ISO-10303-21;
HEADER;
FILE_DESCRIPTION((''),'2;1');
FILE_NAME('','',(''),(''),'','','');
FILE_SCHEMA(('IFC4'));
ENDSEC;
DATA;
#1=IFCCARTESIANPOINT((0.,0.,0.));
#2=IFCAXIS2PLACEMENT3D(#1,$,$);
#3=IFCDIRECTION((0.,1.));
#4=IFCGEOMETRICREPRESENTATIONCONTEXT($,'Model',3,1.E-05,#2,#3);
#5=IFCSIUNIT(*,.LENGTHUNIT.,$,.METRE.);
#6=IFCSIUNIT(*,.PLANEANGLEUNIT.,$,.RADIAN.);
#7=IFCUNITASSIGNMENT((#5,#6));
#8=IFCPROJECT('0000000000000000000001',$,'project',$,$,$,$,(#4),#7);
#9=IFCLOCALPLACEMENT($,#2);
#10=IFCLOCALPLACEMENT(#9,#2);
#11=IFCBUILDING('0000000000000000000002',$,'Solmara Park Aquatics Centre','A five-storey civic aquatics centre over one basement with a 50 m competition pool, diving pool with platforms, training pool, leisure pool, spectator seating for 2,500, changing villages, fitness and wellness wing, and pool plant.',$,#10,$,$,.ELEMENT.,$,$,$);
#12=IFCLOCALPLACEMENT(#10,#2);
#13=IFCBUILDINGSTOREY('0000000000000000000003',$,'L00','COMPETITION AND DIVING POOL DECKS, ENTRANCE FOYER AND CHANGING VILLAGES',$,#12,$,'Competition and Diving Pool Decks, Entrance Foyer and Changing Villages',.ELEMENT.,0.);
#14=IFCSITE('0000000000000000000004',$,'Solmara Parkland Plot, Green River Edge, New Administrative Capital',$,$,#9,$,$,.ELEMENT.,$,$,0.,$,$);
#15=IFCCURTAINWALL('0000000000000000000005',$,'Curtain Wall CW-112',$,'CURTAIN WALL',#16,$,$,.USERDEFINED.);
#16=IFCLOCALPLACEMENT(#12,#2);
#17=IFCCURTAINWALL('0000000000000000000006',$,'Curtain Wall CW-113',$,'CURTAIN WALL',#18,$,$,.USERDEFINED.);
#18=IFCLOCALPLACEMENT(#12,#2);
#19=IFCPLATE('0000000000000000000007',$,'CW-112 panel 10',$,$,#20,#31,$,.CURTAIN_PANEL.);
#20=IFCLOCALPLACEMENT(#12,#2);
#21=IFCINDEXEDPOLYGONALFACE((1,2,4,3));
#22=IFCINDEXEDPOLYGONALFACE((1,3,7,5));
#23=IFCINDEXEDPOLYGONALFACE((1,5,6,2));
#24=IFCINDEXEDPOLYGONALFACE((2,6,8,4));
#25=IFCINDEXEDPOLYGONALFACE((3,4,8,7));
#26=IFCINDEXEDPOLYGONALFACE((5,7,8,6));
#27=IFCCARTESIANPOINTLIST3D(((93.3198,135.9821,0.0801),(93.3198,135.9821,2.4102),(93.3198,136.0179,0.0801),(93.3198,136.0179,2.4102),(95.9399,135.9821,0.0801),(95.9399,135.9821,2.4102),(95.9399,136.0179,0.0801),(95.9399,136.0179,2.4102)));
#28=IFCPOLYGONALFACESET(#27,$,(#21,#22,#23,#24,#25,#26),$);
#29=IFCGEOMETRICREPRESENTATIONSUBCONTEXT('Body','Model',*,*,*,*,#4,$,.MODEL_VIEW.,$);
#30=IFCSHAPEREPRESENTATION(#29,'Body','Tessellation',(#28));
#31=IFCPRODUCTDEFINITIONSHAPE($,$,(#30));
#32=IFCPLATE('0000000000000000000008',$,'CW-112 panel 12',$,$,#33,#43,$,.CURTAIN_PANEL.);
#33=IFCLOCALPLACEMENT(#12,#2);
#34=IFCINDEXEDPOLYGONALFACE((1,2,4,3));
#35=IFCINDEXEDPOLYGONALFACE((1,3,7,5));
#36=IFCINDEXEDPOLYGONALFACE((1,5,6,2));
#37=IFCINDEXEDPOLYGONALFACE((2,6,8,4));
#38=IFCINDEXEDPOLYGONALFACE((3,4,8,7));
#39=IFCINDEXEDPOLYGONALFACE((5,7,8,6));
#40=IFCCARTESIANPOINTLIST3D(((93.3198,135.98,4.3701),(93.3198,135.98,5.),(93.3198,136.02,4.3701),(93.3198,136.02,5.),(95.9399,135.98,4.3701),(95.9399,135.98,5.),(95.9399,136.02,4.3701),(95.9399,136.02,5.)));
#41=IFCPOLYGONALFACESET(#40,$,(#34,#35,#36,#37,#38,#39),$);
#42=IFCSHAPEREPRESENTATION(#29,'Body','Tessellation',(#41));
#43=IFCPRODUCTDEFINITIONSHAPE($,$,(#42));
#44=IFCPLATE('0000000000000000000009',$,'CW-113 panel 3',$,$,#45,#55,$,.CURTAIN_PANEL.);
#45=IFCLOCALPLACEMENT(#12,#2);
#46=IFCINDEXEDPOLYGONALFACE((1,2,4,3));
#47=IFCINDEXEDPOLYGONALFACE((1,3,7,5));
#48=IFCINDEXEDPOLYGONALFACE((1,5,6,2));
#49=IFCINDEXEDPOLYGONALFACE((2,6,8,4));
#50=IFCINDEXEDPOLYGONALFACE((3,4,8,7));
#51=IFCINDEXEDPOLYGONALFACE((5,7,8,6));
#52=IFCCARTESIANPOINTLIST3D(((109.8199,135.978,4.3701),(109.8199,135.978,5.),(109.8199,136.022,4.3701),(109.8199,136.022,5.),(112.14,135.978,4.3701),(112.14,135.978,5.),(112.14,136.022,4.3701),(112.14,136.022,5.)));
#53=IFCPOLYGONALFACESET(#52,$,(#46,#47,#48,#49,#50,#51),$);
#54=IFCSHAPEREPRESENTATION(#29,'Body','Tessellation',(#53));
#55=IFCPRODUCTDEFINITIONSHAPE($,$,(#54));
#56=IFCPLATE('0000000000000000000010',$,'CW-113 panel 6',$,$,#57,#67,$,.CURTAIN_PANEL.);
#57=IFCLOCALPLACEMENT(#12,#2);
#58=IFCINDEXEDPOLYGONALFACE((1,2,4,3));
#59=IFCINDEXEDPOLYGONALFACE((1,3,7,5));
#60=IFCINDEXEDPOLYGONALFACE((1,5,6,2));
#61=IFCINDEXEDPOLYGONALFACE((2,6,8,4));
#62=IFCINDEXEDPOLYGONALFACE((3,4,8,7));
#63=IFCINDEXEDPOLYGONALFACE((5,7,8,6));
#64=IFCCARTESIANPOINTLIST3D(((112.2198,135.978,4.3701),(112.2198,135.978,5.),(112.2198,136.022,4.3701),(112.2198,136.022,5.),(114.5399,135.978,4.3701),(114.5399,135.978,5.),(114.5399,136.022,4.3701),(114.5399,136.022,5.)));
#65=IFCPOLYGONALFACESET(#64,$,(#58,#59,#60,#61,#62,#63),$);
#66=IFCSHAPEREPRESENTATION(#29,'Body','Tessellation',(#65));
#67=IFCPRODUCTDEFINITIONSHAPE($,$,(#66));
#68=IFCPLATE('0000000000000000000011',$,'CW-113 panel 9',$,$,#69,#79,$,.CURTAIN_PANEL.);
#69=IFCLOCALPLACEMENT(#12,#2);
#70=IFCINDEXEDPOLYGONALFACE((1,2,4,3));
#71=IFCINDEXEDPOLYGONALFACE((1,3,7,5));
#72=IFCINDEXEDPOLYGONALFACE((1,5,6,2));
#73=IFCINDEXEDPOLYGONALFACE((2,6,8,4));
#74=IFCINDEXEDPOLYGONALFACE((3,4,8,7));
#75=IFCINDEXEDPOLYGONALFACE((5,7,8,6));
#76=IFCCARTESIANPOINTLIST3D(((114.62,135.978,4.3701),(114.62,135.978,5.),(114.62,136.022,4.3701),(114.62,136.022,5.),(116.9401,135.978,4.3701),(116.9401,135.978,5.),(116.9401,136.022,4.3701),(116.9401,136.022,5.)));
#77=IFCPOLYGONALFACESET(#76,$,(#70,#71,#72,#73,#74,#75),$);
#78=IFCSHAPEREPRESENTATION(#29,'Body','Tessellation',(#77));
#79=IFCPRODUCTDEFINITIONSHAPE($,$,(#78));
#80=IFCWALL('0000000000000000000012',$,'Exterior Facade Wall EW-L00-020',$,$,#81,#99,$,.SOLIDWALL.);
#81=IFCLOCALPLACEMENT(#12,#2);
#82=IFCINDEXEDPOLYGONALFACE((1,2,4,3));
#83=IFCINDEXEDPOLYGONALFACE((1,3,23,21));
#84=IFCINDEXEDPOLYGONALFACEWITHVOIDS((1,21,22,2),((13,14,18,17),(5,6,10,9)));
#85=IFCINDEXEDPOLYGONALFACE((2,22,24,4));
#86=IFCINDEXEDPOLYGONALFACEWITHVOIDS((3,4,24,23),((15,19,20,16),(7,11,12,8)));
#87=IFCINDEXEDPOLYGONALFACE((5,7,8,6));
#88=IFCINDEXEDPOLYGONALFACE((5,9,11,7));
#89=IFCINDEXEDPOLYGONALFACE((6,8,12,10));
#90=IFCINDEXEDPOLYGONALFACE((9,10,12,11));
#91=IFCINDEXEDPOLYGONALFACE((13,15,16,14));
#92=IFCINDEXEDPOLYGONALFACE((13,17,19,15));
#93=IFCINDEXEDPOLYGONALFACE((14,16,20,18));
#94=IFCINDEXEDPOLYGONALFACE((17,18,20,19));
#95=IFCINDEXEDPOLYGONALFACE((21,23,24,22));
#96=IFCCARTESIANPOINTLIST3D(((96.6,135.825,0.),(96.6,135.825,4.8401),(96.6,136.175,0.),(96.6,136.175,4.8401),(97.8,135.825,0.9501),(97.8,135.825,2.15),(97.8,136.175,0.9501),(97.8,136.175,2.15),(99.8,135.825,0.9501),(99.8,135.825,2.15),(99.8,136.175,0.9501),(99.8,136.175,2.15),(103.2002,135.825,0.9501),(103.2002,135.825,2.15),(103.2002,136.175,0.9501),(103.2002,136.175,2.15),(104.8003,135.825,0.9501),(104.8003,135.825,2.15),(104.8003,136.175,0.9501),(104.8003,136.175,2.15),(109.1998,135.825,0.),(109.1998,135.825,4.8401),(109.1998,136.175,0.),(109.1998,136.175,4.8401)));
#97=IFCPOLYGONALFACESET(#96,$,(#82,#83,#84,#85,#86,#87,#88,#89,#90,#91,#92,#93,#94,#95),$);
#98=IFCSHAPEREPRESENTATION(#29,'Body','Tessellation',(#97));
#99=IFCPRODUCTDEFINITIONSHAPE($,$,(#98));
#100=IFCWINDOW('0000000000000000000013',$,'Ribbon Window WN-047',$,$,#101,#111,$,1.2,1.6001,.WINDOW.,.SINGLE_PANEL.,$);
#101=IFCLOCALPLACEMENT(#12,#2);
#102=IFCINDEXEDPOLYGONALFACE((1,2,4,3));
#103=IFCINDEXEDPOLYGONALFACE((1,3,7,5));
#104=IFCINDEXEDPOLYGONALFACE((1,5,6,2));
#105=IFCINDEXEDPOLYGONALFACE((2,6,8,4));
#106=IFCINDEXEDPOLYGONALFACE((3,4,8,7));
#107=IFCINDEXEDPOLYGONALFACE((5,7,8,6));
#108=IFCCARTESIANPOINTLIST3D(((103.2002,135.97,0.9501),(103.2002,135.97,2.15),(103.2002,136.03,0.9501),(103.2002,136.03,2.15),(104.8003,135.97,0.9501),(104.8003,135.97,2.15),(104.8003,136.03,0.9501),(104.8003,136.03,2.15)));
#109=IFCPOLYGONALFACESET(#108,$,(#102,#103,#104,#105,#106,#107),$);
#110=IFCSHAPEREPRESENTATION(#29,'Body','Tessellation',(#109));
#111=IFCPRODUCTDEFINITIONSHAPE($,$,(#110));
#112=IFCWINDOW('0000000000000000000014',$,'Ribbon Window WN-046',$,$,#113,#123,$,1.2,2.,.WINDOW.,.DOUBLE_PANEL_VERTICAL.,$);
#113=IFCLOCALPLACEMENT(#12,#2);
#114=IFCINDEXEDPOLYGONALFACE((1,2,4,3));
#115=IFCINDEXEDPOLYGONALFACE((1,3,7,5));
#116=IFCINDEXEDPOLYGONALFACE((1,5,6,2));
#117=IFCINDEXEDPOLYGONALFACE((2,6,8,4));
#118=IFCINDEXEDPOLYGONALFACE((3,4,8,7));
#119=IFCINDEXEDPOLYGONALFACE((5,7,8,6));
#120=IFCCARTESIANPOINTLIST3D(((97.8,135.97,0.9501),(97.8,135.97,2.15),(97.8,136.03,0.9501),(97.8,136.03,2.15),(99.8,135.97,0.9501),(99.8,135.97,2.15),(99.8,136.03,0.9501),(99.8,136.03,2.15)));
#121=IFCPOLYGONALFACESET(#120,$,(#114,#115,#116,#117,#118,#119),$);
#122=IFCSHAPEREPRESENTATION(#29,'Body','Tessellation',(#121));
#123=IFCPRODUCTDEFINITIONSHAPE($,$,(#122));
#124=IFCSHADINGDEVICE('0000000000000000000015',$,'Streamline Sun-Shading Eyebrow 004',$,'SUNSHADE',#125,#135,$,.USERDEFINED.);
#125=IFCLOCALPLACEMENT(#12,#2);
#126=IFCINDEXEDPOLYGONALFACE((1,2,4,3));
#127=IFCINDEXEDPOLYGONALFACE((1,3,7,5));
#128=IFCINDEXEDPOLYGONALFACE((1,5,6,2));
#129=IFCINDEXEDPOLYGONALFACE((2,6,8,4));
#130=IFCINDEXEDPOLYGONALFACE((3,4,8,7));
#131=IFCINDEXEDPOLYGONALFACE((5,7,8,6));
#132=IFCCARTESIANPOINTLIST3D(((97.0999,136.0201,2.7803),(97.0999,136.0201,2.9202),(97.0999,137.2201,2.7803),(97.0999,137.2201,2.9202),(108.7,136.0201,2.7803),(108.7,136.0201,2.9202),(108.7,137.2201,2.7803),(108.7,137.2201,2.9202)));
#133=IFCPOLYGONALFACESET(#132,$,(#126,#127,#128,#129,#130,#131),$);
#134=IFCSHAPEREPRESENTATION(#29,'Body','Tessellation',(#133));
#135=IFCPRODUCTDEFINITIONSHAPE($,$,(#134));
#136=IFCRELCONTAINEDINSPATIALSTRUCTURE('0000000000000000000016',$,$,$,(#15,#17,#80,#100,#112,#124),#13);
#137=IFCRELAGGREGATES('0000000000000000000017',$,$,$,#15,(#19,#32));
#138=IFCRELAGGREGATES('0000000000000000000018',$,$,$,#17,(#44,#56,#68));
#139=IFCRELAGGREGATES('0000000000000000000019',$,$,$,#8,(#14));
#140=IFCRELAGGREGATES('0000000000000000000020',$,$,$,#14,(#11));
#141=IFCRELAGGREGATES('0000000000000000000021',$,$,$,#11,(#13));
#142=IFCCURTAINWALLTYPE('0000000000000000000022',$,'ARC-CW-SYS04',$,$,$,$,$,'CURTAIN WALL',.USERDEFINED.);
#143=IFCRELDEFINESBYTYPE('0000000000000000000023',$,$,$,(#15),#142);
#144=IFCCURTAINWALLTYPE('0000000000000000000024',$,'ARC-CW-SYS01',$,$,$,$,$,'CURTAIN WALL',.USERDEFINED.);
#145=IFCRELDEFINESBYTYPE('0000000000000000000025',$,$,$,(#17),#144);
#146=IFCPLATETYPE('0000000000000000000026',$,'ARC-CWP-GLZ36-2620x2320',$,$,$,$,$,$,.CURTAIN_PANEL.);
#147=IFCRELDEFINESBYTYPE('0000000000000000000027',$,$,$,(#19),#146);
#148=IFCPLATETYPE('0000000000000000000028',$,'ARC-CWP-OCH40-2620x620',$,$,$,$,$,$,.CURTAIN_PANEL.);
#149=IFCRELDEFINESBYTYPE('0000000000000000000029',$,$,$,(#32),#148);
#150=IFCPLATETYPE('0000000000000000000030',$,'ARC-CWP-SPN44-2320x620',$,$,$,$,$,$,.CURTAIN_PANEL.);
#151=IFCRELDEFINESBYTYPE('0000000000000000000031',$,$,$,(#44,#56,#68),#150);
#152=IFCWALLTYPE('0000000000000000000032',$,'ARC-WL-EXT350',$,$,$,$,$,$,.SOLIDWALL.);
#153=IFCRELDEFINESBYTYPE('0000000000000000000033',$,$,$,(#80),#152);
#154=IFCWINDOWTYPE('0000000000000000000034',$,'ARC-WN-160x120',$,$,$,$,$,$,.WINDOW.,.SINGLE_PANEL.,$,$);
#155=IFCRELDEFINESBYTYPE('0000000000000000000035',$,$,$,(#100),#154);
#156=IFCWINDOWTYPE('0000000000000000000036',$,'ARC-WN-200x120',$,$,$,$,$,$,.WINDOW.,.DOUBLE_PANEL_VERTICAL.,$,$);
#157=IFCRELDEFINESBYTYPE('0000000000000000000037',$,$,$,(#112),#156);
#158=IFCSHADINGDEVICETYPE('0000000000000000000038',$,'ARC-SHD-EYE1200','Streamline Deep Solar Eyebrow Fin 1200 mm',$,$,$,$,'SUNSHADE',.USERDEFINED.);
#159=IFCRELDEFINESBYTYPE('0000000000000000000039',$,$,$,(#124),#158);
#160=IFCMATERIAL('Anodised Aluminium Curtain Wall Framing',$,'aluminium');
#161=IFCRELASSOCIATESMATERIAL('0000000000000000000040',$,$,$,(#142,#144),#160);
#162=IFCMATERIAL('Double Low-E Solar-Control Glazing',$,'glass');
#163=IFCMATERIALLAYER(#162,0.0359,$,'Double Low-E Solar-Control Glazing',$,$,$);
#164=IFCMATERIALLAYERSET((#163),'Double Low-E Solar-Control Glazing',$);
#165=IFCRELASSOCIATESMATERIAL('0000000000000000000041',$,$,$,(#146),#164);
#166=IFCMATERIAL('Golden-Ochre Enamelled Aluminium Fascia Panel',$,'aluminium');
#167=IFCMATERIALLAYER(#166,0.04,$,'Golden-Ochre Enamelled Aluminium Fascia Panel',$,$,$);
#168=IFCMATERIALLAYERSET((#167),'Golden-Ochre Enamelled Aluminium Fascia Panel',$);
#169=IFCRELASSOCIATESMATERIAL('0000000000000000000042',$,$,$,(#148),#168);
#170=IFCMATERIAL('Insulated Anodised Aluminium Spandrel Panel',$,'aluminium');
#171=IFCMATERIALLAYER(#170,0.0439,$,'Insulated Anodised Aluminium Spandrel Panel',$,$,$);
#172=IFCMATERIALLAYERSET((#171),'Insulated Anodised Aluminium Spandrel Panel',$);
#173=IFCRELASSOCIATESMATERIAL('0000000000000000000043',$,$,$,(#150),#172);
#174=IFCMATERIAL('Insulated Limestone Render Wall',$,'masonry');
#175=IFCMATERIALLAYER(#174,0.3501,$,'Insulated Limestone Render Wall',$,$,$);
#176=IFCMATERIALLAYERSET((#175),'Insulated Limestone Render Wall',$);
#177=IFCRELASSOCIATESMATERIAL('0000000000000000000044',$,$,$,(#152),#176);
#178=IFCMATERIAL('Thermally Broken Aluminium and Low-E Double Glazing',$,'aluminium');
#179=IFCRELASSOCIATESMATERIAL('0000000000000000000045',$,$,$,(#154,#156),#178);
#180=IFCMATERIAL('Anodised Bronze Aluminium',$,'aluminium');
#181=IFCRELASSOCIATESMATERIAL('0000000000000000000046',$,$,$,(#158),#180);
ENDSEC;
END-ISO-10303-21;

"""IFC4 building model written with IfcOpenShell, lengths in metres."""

from ifc_helpers import new_model, si_unit, direction, frame, frame_2d, origin, origin_2d, place, context, subcontext, project, spatial, rectangle, extrude, material, layer, layer_set, type_object, element, fill, aggregate, save


model = new_model("IFC4")

# Units and contexts
model_context = context("Model", 3, precision=1e-05, world=origin(), true_north=direction((0.0, 1.0)))
body_context = subcontext(model_context, "Body", "Model", "MODEL_VIEW")
ifc_project = project(units=[si_unit("LENGTHUNIT", "METRE"), si_unit("PLANEANGLEUNIT", "RADIAN")], contexts=[model_context])

# Site, building, storey
site_placement = place(None, origin())
site = spatial("IfcSite", under=ifc_project, at=site_placement, Name="Solmara Parkland Plot, Green River Edge, New Administrative Capital", CompositionType="ELEMENT", RefElevation=0.0)
building_placement = place(site_placement, origin())
building = spatial("IfcBuilding", under=site, at=building_placement, Name="Solmara Park Aquatics Centre", Description="A five-storey civic aquatics centre over one basement with a 50 m competition pool, diving pool with platforms, training pool, leisure pool, spectator seating for 2,500, changing villages, fitness and wellness wing, and pool plant.", CompositionType="ELEMENT")
storey_placement = place(building_placement, origin())
storey = spatial("IfcBuildingStorey", under=building, at=storey_placement, Name="L00", Description="COMPETITION AND DIVING POOL DECKS, ENTRANCE FOYER AND CHANGING VILLAGES", LongName="Competition and Diving Pool Decks, Entrance Foyer and Changing Villages", CompositionType="ELEMENT", Elevation=0.0)

# Curtain wall
ifc_material_1 = material(Name="Anodised Aluminium Curtain Wall Framing", Category="aluminium")
curtain_wall_type_1 = type_object("IfcCurtainWallType", Name="ARC-CW-SYS04", ElementType="CURTAIN WALL", PredefinedType="USERDEFINED", material=ifc_material_1)
curtain_wall_1_placement = place(storey_placement, origin())
curtain_wall_1 = element("IfcCurtainWall", 1, at=curtain_wall_1_placement, inside=storey, type_object=curtain_wall_type_1, Name="Curtain Wall CW-112", ObjectType="CURTAIN WALL", PredefinedType="USERDEFINED")

# Curtain wall
curtain_wall_type_2 = type_object("IfcCurtainWallType", Name="ARC-CW-SYS01", ElementType="CURTAIN WALL", PredefinedType="USERDEFINED", material=ifc_material_1)
curtain_wall_2_placement = place(storey_placement, origin())
curtain_wall_2 = element("IfcCurtainWall", 2, at=curtain_wall_2_placement, inside=storey, type_object=curtain_wall_type_2, Name="Curtain Wall CW-113", ObjectType="CURTAIN WALL", PredefinedType="USERDEFINED")
ifc_material_2 = material(Name="Double Low-E Solar-Control Glazing", Category="glass")

# Plates
ifc_layer_1 = layer(ifc_material_2, 0.0359, Name="Double Low-E Solar-Control Glazing")
ifc_layer_set_1 = layer_set([ifc_layer_1], Name="Double Low-E Solar-Control Glazing")
plate_type_1 = type_object("IfcPlateType", Name="ARC-CWP-GLZ36-2620x2320", PredefinedType="CURTAIN_PANEL", material=ifc_layer_set_1)
plate_1_placement = place(storey_placement, frame((94.6299, 136.0, 0.0801), z_axis=(0.0, 0.0, 1.0), x_axis=(1.0, 0.0, 0.0)))
plate_1 = element("IfcPlate", 3, at=plate_1_placement, type_object=plate_type_1, Name="CW-112 panel 10", PredefinedType="CURTAIN_PANEL", context=body_context, shape_type="SweptSolid", body=[
    extrude(rectangle(XDim=2.6201, YDim=0.0359, at=origin_2d()), origin(), (0.0, 0.0, 1.0), 2.3301),
])
ifc_material_3 = material(Name="Golden-Ochre Enamelled Aluminium Fascia Panel", Category="aluminium")
ifc_layer_2 = layer(ifc_material_3, 0.04, Name="Golden-Ochre Enamelled Aluminium Fascia Panel")
ifc_layer_set_2 = layer_set([ifc_layer_2], Name="Golden-Ochre Enamelled Aluminium Fascia Panel")
plate_type_2 = type_object("IfcPlateType", Name="ARC-CWP-OCH40-2620x620", PredefinedType="CURTAIN_PANEL", material=ifc_layer_set_2)
plate_2_placement = place(storey_placement, frame((94.6299, 136.0, 4.3701), z_axis=(0.0, 0.0, 1.0), x_axis=(1.0, 0.0, 0.0)))
plate_2 = element("IfcPlate", 4, at=plate_2_placement, type_object=plate_type_2, Name="CW-112 panel 12", PredefinedType="CURTAIN_PANEL", context=body_context, shape_type="SweptSolid", body=[
    extrude(rectangle(XDim=2.6201, YDim=0.04, at=origin_2d()), origin(), (0.0, 0.0, 1.0), 0.6299),
])
aggregate(curtain_wall_1, [plate_1, plate_2])
ifc_material_4 = material(Name="Insulated Anodised Aluminium Spandrel Panel", Category="aluminium")
ifc_layer_3 = layer(ifc_material_4, 0.0439, Name="Insulated Anodised Aluminium Spandrel Panel")
ifc_layer_set_3 = layer_set([ifc_layer_3], Name="Insulated Anodised Aluminium Spandrel Panel")
plate_type_3 = type_object("IfcPlateType", Name="ARC-CWP-SPN44-2320x620", PredefinedType="CURTAIN_PANEL", material=ifc_layer_set_3)
plate_3_placement = place(storey_placement, frame((110.98, 136.0, 4.3701), z_axis=(0.0, 0.0, 1.0), x_axis=(1.0, 0.0, 0.0)))
plate_3 = element("IfcPlate", 5, at=plate_3_placement, type_object=plate_type_3, Name="CW-113 panel 3", PredefinedType="CURTAIN_PANEL", context=body_context, shape_type="SweptSolid", body=[
    extrude(rectangle(XDim=2.3201, YDim=0.0439, at=origin_2d()), origin(), (0.0, 0.0, 1.0), 0.6299),
])
plate_4_placement = place(storey_placement, frame((113.3799, 136.0, 4.3701), z_axis=(0.0, 0.0, 1.0), x_axis=(1.0, 0.0, 0.0)))
plate_4 = element("IfcPlate", 6, at=plate_4_placement, type_object=plate_type_3, Name="CW-113 panel 6", PredefinedType="CURTAIN_PANEL", context=body_context, shape_type="SweptSolid", body=[
    extrude(rectangle(XDim=2.3201, YDim=0.0439, at=origin_2d()), origin(), (0.0, 0.0, 1.0), 0.6299),
])
plate_5_placement = place(storey_placement, frame((115.78, 136.0, 4.3701), z_axis=(0.0, 0.0, 1.0), x_axis=(1.0, 0.0, 0.0)))
plate_5 = element("IfcPlate", 7, at=plate_5_placement, type_object=plate_type_3, Name="CW-113 panel 9", PredefinedType="CURTAIN_PANEL", context=body_context, shape_type="SweptSolid", body=[
    extrude(rectangle(XDim=2.3201, YDim=0.0439, at=origin_2d()), origin(), (0.0, 0.0, 1.0), 0.6299),
])
aggregate(curtain_wall_2, [plate_3, plate_4, plate_5])

# Wall, openings, windows
ifc_material_5 = material(Name="Insulated Limestone Render Wall", Category="masonry")
ifc_layer_4 = layer(ifc_material_5, 0.3501, Name="Insulated Limestone Render Wall")
ifc_layer_set_4 = layer_set([ifc_layer_4], Name="Insulated Limestone Render Wall")
wall_type = type_object("IfcWallType", Name="ARC-WL-EXT350", PredefinedType="SOLIDWALL", material=ifc_layer_set_4)
wall_placement = place(storey_placement, frame((96.6001, 136.0, 0.0), z_axis=(0.0, 0.0, 1.0), x_axis=(1.0, 0.0, 0.0)))
wall = element("IfcWall", 8, at=wall_placement, inside=storey, type_object=wall_type, Name="Exterior Facade Wall EW-L00-020", PredefinedType="SOLIDWALL", context=body_context, shape_type="SweptSolid", body=[
    extrude(rectangle(XDim=12.5999, YDim=0.3501, at=frame_2d((6.2998, 0.0))), origin(), (0.0, 0.0, 1.0), 4.8401),
])
opening_1_placement = place(wall_placement, frame((1.2, 0.0, 0.95)))
opening_1 = element("IfcOpeningElement", 9, at=opening_1_placement, cuts=wall, PredefinedType="OPENING", context=body_context, shape_type="SweptSolid", body=[
    extrude(rectangle(XDim=2.0, YDim=1.2, at=frame_2d((1.0, 0.6001))), frame((0.0, 0.1851, 0.0), z_axis=(0.0, -1.0, 0.0), x_axis=(1.0, 0.0, 0.0)), (0.0, 0.0, 1.0), 0.3701),
])
opening_2_placement = place(wall_placement, frame((6.6001, 0.0, 0.95)))
opening_2 = element("IfcOpeningElement", 10, at=opening_2_placement, cuts=wall, PredefinedType="OPENING", context=body_context, shape_type="SweptSolid", body=[
    extrude(rectangle(XDim=1.6001, YDim=1.2, at=frame_2d((0.8, 0.6001))), frame((0.0, 0.1851, 0.0), z_axis=(0.0, -1.0, 0.0), x_axis=(1.0, 0.0, 0.0)), (0.0, 0.0, 1.0), 0.3701),
])
ifc_material_6 = material(Name="Thermally Broken Aluminium and Low-E Double Glazing", Category="aluminium")
window_type_1 = type_object("IfcWindowType", Name="ARC-WN-160x120", PartitioningType="SINGLE_PANEL", PredefinedType="WINDOW", material=ifc_material_6)
window_1_placement = place(opening_2_placement, origin())
window_1 = element("IfcWindow", 11, at=window_1_placement, inside=storey, type_object=window_type_1, Name="Ribbon Window WN-047", OverallHeight=1.2, OverallWidth=1.6001, PartitioningType="SINGLE_PANEL", PredefinedType="WINDOW", context=body_context, shape_type="SweptSolid", body=[
    extrude(rectangle(XDim=1.6001, YDim=1.2, at=frame_2d((0.8, 0.6001))), frame((0.0, 0.03, 0.0), z_axis=(0.0, -1.0, 0.0), x_axis=(1.0, 0.0, 0.0)), (0.0, 0.0, 1.0), 0.0601),
])
fill(opening_2, window_1)
window_type_2 = type_object("IfcWindowType", Name="ARC-WN-200x120", PartitioningType="DOUBLE_PANEL_VERTICAL", PredefinedType="WINDOW", material=ifc_material_6)
window_2_placement = place(opening_1_placement, origin())
window_2 = element("IfcWindow", 12, at=window_2_placement, inside=storey, type_object=window_type_2, Name="Ribbon Window WN-046", OverallHeight=1.2, OverallWidth=2.0, PartitioningType="DOUBLE_PANEL_VERTICAL", PredefinedType="WINDOW", context=body_context, shape_type="SweptSolid", body=[
    extrude(rectangle(XDim=2.0, YDim=1.2, at=frame_2d((1.0, 0.6001))), frame((0.0, 0.03, 0.0), z_axis=(0.0, -1.0, 0.0), x_axis=(1.0, 0.0, 0.0)), (0.0, 0.0, 1.0), 0.0601),
])
fill(opening_1, window_2)

# Shading device
ifc_material_7 = material(Name="Anodised Bronze Aluminium", Category="aluminium")
shading_device_type = type_object("IfcShadingDeviceType", Name="ARC-SHD-EYE1200", Description="Streamline Deep Solar Eyebrow Fin 1200 mm", ElementType="SUNSHADE", PredefinedType="USERDEFINED", material=ifc_material_7)
shading_device_placement = place(storey_placement, frame((102.8999, 136.6201, 2.7803), z_axis=(0.0, 0.0, 1.0), x_axis=(1.0, 0.0, 0.0)))
element("IfcShadingDevice", 13, at=shading_device_placement, inside=storey, type_object=shading_device_type, Name="Streamline Sun-Shading Eyebrow 004", ObjectType="SUNSHADE", PredefinedType="USERDEFINED", context=body_context, shape_type="SweptSolid", body=[
    extrude(rectangle(XDim=11.6001, YDim=1.2, at=origin_2d()), origin(), (0.0, 0.0, 1.0), 0.1399),
])

save(model, "model.ifc")
